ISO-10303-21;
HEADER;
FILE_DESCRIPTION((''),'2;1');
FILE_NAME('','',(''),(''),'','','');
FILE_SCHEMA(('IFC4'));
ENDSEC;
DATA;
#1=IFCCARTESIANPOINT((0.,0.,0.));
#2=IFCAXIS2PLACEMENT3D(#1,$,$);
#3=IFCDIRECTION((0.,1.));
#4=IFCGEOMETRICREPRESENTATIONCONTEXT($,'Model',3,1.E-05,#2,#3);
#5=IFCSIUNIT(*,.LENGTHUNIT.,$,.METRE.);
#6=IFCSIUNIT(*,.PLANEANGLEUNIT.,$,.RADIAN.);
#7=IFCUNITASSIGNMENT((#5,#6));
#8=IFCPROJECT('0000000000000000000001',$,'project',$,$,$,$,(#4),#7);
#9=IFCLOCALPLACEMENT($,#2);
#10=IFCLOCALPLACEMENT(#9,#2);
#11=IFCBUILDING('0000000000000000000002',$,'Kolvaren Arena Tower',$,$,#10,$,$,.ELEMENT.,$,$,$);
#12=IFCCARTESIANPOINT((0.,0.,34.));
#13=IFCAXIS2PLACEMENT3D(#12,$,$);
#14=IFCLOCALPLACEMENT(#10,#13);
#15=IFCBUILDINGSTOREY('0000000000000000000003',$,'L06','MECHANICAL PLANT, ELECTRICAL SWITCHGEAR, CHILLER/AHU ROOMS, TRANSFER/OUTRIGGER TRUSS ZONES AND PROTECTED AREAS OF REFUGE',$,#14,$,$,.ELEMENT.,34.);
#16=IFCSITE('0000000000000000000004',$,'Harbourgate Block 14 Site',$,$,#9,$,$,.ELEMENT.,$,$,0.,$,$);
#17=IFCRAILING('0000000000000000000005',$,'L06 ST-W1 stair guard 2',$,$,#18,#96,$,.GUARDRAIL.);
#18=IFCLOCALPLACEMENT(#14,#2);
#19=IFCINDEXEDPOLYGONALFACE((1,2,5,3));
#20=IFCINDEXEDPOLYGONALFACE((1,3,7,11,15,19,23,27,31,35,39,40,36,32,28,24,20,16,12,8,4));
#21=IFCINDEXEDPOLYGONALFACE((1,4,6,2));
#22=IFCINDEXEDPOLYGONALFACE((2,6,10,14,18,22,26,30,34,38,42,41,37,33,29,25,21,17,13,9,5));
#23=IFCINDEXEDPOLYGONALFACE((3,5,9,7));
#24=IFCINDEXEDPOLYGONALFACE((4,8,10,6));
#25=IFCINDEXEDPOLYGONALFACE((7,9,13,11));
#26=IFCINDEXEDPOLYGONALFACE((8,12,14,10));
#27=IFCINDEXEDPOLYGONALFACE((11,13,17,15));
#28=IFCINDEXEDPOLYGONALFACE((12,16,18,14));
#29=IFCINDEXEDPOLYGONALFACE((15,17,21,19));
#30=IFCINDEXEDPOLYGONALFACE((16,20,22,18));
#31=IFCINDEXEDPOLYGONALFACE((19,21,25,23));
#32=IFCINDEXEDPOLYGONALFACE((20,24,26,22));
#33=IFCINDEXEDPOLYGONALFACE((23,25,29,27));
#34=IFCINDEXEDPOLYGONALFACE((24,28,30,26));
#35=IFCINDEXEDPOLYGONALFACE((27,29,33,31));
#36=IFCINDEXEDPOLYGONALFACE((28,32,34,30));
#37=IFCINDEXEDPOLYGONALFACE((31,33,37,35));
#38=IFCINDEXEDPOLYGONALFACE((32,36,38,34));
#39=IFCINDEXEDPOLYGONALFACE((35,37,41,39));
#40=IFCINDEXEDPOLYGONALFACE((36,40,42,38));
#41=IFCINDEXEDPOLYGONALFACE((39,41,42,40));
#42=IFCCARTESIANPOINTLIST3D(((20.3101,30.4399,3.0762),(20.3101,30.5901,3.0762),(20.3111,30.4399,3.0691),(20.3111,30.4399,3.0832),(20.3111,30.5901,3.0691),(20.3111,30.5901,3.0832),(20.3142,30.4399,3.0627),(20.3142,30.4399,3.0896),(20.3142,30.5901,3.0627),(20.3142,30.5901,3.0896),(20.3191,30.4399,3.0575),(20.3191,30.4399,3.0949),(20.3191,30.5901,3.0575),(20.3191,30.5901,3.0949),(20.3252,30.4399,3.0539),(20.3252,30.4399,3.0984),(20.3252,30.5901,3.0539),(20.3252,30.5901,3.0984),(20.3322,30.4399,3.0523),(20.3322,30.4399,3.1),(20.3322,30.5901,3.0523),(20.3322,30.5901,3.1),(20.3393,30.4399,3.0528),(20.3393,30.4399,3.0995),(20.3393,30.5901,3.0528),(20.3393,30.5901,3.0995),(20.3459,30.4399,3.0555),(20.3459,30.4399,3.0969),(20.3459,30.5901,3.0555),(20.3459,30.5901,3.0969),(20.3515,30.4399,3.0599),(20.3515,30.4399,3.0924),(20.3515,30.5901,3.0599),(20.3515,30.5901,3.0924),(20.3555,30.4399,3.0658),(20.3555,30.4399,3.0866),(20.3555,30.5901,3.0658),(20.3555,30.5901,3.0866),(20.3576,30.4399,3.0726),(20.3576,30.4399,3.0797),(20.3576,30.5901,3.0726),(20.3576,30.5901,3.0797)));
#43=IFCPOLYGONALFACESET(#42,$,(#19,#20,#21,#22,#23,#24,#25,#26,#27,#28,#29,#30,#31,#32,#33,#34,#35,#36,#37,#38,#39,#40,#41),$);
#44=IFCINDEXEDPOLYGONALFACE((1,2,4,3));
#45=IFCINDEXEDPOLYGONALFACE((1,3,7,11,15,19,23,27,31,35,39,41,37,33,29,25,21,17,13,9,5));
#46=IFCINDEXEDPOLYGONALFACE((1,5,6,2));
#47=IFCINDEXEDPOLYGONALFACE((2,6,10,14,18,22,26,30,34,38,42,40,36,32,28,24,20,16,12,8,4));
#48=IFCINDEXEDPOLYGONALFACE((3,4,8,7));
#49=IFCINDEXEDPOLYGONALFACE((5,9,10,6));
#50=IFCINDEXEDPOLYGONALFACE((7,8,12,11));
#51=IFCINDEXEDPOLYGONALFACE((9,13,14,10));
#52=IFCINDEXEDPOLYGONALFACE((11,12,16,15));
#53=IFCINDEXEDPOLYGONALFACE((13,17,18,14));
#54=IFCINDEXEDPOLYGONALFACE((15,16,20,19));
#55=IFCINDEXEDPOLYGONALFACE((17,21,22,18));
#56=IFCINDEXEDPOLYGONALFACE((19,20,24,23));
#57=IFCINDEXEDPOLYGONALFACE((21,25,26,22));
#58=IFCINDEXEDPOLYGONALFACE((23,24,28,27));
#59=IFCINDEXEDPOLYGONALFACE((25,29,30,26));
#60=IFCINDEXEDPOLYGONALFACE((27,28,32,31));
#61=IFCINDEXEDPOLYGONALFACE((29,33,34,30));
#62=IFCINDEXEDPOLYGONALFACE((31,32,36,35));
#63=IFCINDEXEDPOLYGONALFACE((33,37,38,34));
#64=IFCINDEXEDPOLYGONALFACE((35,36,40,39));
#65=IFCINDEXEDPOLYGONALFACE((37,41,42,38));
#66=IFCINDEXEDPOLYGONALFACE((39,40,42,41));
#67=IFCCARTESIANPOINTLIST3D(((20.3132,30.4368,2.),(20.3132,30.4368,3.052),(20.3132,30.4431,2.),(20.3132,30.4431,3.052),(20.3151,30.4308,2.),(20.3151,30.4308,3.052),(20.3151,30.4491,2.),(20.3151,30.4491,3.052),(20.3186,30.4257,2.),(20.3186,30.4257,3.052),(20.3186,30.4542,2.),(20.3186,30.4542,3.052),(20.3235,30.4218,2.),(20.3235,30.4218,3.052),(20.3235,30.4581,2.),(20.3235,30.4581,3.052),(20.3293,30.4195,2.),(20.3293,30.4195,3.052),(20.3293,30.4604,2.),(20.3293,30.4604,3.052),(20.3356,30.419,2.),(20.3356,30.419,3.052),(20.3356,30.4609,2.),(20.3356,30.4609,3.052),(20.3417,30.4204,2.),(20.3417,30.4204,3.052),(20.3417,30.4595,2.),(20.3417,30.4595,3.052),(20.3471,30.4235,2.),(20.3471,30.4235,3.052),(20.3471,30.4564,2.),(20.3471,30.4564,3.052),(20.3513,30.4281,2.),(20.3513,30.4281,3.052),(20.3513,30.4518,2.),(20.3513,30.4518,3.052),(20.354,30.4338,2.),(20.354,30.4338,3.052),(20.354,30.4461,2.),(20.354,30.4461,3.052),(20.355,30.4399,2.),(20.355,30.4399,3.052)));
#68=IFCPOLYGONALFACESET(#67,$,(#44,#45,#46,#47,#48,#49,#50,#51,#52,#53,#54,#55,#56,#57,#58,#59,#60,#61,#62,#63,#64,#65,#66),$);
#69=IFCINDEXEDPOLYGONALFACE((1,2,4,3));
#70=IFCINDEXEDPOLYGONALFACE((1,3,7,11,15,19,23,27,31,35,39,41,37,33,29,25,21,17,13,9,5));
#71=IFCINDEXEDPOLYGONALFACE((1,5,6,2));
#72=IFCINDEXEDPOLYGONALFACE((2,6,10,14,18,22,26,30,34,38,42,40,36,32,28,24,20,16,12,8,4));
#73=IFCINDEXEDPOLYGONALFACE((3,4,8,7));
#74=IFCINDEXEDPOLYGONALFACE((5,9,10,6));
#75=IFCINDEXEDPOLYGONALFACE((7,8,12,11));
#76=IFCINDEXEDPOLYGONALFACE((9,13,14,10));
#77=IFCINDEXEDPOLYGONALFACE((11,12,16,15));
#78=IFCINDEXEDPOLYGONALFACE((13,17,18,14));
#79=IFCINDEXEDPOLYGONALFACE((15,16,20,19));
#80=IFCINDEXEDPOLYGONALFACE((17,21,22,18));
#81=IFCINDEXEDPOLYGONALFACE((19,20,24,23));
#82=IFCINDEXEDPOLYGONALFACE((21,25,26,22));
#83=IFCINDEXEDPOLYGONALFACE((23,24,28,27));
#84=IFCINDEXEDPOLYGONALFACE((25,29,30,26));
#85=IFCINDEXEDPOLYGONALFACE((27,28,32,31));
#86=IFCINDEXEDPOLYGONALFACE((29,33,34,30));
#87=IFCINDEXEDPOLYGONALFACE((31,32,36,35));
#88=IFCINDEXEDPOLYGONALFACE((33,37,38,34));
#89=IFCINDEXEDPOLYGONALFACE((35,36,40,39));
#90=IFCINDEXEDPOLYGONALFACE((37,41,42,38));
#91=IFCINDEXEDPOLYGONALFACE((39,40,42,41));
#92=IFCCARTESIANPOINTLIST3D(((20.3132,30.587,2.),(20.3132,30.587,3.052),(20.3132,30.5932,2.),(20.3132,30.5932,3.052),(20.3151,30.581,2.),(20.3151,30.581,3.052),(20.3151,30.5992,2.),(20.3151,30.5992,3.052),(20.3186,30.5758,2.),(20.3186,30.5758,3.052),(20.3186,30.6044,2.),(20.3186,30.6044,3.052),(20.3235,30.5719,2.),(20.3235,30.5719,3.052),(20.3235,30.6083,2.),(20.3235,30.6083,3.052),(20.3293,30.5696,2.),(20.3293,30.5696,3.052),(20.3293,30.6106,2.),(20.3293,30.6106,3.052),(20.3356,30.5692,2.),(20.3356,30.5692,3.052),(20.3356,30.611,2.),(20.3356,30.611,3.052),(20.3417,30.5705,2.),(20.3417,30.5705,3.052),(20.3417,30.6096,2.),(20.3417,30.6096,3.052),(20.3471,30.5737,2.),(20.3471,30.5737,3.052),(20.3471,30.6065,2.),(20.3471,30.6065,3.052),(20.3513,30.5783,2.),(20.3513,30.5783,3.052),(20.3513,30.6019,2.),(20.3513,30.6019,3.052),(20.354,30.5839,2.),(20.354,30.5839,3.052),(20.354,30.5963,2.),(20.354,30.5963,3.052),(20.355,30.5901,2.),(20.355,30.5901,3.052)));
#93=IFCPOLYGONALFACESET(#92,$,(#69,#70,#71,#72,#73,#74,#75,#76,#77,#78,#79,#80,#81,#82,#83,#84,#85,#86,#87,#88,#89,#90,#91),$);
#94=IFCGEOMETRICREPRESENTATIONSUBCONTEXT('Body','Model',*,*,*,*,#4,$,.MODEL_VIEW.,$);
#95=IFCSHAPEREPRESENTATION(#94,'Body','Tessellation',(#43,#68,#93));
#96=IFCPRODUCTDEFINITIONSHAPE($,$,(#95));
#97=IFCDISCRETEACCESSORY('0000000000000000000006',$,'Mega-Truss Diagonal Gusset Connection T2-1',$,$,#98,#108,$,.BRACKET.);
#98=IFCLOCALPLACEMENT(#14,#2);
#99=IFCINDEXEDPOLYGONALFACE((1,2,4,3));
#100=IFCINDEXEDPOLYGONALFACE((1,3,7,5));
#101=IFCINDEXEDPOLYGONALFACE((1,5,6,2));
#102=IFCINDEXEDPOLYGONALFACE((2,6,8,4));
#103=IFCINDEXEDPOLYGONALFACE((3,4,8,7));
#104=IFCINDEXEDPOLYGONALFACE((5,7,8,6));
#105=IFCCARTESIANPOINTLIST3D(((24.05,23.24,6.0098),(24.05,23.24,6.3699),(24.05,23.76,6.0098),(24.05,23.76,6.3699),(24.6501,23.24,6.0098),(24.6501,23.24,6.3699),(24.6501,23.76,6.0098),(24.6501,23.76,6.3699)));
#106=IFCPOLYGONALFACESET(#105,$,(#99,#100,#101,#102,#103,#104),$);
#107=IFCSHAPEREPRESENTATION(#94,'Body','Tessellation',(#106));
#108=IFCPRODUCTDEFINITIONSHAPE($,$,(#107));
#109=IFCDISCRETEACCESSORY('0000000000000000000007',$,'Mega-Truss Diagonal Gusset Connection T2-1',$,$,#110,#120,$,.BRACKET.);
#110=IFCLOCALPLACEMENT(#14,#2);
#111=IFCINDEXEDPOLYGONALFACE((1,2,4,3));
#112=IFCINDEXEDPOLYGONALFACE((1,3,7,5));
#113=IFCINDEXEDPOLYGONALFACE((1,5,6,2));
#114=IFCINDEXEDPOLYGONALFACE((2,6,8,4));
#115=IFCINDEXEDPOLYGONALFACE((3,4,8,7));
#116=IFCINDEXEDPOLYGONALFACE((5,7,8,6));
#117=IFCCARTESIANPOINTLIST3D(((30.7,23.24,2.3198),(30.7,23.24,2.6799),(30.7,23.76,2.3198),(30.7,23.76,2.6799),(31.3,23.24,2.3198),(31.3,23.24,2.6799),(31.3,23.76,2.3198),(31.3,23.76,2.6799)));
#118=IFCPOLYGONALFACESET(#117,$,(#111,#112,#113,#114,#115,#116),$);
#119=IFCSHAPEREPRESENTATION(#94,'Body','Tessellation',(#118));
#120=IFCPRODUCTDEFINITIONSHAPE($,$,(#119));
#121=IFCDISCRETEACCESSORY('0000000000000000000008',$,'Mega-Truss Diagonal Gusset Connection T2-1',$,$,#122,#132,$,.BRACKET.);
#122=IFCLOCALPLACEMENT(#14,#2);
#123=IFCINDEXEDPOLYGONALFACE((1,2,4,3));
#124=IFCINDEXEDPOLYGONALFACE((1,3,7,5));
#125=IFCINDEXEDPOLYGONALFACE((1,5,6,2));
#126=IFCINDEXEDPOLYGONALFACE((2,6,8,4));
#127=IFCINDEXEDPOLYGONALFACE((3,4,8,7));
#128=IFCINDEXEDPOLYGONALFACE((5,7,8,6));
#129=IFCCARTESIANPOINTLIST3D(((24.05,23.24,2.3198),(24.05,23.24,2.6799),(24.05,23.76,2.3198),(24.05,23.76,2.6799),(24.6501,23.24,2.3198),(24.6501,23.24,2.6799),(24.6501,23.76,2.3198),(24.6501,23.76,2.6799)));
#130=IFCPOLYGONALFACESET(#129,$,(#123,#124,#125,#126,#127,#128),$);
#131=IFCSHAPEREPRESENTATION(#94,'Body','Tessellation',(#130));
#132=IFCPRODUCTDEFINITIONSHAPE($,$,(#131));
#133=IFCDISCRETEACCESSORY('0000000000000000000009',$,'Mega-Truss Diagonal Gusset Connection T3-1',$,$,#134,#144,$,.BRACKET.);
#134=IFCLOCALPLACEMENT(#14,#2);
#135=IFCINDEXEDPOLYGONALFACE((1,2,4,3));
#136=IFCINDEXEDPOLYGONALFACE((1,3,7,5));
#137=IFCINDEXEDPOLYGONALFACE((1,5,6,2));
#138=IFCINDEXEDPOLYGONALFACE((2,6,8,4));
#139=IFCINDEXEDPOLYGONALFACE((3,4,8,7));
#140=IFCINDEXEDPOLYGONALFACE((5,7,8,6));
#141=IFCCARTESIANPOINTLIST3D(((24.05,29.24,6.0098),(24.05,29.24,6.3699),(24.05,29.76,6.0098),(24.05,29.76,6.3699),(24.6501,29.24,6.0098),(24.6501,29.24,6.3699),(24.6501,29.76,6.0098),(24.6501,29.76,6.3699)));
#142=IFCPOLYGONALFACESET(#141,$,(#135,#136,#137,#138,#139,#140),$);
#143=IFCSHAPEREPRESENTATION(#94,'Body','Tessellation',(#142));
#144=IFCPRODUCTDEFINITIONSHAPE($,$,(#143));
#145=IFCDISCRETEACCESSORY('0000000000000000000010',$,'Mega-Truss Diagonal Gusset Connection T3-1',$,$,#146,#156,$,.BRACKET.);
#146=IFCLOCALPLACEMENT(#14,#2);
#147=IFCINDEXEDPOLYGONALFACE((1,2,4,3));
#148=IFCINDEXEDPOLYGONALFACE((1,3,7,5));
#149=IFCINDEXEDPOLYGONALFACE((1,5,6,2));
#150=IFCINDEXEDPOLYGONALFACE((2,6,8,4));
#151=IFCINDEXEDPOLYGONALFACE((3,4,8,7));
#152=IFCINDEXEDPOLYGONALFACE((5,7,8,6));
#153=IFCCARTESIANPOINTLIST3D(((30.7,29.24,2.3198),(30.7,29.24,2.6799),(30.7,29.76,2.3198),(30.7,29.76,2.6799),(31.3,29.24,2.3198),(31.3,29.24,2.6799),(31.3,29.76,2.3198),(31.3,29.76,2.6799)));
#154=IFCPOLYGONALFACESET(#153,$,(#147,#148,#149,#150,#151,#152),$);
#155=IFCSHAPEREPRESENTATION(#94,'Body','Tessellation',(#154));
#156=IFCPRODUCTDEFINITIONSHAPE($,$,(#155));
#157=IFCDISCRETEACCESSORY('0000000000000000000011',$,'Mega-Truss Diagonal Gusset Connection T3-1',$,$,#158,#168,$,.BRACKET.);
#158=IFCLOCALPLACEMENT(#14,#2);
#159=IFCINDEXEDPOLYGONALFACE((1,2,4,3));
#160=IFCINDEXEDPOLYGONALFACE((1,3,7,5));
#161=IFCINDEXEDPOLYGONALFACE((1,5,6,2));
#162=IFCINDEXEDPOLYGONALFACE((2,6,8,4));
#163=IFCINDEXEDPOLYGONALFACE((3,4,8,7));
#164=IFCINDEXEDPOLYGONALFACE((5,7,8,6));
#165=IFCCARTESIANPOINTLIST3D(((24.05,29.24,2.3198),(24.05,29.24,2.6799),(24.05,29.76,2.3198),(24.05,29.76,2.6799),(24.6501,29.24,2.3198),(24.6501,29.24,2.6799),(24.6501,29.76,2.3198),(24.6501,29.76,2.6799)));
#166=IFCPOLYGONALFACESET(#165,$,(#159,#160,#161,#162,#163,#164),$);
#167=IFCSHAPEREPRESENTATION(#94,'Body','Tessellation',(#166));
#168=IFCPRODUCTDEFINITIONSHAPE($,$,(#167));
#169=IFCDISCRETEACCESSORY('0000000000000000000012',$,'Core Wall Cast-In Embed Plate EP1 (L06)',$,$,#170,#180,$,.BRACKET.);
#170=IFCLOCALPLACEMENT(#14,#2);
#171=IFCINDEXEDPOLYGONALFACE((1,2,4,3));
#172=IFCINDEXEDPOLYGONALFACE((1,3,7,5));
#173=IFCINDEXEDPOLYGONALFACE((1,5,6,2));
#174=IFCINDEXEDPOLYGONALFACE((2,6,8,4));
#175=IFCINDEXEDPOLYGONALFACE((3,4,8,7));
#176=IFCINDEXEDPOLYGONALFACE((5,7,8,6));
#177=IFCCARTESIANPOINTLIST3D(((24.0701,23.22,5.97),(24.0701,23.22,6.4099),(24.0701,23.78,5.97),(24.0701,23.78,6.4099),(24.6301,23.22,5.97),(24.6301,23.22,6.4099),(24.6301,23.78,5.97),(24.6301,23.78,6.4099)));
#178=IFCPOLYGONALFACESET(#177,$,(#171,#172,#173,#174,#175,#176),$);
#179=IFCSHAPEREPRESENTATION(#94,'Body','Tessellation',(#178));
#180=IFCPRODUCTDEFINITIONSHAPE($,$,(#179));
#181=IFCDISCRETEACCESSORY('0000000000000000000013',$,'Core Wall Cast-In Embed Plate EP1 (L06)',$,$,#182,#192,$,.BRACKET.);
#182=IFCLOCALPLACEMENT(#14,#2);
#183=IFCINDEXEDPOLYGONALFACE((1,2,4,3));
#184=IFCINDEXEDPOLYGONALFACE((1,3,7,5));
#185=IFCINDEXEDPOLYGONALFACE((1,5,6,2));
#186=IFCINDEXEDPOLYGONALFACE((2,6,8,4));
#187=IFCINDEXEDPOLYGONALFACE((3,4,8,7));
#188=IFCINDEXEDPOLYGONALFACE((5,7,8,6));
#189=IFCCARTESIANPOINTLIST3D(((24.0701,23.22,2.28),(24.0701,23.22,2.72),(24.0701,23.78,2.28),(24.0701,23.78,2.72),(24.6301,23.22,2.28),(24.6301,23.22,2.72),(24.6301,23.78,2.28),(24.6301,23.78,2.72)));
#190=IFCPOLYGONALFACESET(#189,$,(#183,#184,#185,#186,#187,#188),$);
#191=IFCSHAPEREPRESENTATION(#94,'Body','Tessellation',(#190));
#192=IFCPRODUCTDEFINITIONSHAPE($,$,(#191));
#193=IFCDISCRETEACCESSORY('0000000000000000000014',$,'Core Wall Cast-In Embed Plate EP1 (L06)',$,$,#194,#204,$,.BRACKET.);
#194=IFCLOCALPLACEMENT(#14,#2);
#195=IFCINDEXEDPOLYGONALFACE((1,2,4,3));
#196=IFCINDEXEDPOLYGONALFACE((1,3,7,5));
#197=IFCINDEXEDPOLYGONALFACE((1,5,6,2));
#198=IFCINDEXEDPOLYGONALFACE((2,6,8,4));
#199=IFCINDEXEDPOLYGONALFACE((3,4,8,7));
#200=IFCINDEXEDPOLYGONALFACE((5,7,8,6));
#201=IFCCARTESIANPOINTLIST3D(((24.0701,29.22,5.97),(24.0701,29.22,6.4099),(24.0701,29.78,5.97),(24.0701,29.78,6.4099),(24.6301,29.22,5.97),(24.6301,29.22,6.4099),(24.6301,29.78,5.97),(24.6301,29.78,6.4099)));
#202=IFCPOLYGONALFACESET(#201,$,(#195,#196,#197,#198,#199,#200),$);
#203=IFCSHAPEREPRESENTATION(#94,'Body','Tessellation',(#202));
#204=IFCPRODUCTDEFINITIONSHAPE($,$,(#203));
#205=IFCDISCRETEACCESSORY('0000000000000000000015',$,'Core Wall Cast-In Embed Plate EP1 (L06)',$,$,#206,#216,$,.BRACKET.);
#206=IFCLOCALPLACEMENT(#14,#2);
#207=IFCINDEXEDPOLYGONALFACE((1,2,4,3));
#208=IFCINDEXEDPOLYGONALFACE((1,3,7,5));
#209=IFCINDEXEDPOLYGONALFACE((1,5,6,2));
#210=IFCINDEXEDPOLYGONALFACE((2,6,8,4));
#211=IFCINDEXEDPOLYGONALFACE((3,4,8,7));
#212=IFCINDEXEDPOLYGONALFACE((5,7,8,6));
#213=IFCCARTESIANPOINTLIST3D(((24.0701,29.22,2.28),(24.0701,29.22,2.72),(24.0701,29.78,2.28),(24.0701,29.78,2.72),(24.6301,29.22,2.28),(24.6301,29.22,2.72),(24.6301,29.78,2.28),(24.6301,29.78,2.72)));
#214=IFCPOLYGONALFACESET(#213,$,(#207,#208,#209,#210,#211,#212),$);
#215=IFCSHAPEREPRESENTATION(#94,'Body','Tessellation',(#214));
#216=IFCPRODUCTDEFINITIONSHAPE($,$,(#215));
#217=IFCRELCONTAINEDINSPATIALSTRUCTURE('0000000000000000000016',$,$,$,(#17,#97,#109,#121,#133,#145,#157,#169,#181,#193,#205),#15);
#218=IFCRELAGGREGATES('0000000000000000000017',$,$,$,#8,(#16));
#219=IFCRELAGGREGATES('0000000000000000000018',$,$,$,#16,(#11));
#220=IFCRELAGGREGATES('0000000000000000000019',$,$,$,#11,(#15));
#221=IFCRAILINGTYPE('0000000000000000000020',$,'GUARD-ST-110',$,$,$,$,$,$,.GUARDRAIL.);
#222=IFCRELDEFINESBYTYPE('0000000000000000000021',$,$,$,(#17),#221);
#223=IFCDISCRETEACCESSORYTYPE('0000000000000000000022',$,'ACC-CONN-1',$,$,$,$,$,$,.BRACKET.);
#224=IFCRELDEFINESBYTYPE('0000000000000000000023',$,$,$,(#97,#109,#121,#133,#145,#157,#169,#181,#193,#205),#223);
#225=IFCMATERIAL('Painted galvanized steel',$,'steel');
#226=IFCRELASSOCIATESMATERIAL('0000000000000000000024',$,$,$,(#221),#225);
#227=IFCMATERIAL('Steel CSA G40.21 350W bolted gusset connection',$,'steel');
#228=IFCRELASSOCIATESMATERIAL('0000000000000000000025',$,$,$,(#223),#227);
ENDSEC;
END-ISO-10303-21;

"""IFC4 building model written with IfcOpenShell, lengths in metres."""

from ifc_helpers import new_model, si_unit, direction, frame, origin, origin_2d, place, context, subcontext, project, spatial, rectangle, circle, extrude, material, type_object, element, save


model = new_model("IFC4")

# Units and contexts
model_context = context("Model", 3, precision=1e-05, world=origin(), true_north=direction((0.0, 1.0)))
body_context = subcontext(model_context, "Body", "Model", "MODEL_VIEW")
ifc_project = project(units=[si_unit("LENGTHUNIT", "METRE"), si_unit("PLANEANGLEUNIT", "RADIAN")], contexts=[model_context])

# Site, building, storey
site_placement = place(None, origin())
site = spatial("IfcSite", under=ifc_project, at=site_placement, Name="Harbourgate Block 14 Site", CompositionType="ELEMENT", RefElevation=0.0)
building_placement = place(site_placement, origin())
building = spatial("IfcBuilding", under=site, at=building_placement, Name="Kolvaren Arena Tower", CompositionType="ELEMENT")
storey_placement = place(building_placement, frame((0.0, 0.0, 34.0)))
storey = spatial("IfcBuildingStorey", under=building, at=storey_placement, Name="L06", Description="MECHANICAL PLANT, ELECTRICAL SWITCHGEAR, CHILLER/AHU ROOMS, TRANSFER/OUTRIGGER TRUSS ZONES AND PROTECTED AREAS OF REFUGE", CompositionType="ELEMENT", Elevation=34.0)

# Railing
ifc_material_1 = material(Name="Painted galvanized steel", Category="steel")
railing_type = type_object("IfcRailingType", Name="GUARD-ST-110", PredefinedType="GUARDRAIL", material=ifc_material_1)
railing_placement = place(storey_placement, frame((20.334, 30.4399, 2.0)))
element("IfcRailing", 1, at=railing_placement, inside=storey, type_object=railing_type, Name="L06 ST-W1 stair guard 2", PredefinedType="GUARDRAIL", context=body_context, shape_type="SweptSolid", body=[
    extrude(circle(Radius=0.0239, at=origin_2d()), frame((0.0, 0.0, 1.0762), z_axis=(0.0, 1.0, 0.0), x_axis=(-1.0, 0.0, 0.0)), (0.0, 0.0, 1.0), 0.1501),
    extrude(circle(Radius=0.021, at=origin_2d()), origin(), (0.0, 0.0, 1.0), 1.052),
    extrude(circle(Radius=0.021, at=origin_2d()), frame((0.0, 0.1501, 0.0)), (0.0, 0.0, 1.0), 1.052),
])

# Discrete accessories
ifc_material_2 = material(Name="Steel CSA G40.21 350W bolted gusset connection", Category="steel")
discrete_accessory_type = type_object("IfcDiscreteAccessoryType", Name="ACC-CONN-1", PredefinedType="BRACKET", material=ifc_material_2)
for number, where, z_axis, x_axis, name in (
    (2, (24.3501, 23.5, 6.0098), (0.0, 0.0, 1.0), (1.0, 0.0, 0.0), "Mega-Truss Diagonal Gusset Connection T2-1"),
    (3, (31.0, 23.5, 2.3198), (0.0, 0.0, 1.0), (1.0, 0.0, 0.0), "Mega-Truss Diagonal Gusset Connection T2-1"),
    (4, (24.3501, 23.5, 2.3198), (0.0, 0.0, 1.0), (1.0, 0.0, 0.0), "Mega-Truss Diagonal Gusset Connection T2-1"),
    (5, (24.3501, 29.5, 6.0098), (0.0, 0.0, 1.0), (1.0, 0.0, 0.0), "Mega-Truss Diagonal Gusset Connection T3-1"),
    (6, (31.0, 29.5, 2.3198), (0.0, 0.0, 1.0), (1.0, 0.0, 0.0), "Mega-Truss Diagonal Gusset Connection T3-1"),
    (7, (24.3501, 29.5, 2.3198), (0.0, 0.0, 1.0), (1.0, 0.0, 0.0), "Mega-Truss Diagonal Gusset Connection T3-1"),
):
    element("IfcDiscreteAccessory", number, at=place(storey_placement, frame(where, z_axis=z_axis, x_axis=x_axis)), inside=storey, type_object=discrete_accessory_type, Name=name, PredefinedType="BRACKET", context=body_context, shape_type="SweptSolid", body=[
        extrude(rectangle(XDim=0.6001, YDim=0.52, at=origin_2d()), origin(), (0.0, 0.0, 1.0), 0.3601),
    ])
for number, where, z_axis, x_axis, name in (
    (8, (24.3501, 23.5, 5.97), (0.0, 0.0, 1.0), (1.0, 0.0, 0.0), "Core Wall Cast-In Embed Plate EP1 (L06)"),
    (9, (24.3501, 23.5, 2.28), (0.0, 0.0, 1.0), (1.0, 0.0, 0.0), "Core Wall Cast-In Embed Plate EP1 (L06)"),
    (10, (24.3501, 29.5, 5.97), (0.0, 0.0, 1.0), (1.0, 0.0, 0.0), "Core Wall Cast-In Embed Plate EP1 (L06)"),
    (11, (24.3501, 29.5, 2.28), (0.0, 0.0, 1.0), (1.0, 0.0, 0.0), "Core Wall Cast-In Embed Plate EP1 (L06)"),
):
    element("IfcDiscreteAccessory", number, at=place(storey_placement, frame(where, z_axis=z_axis, x_axis=x_axis)), inside=storey, type_object=discrete_accessory_type, Name=name, PredefinedType="BRACKET", context=body_context, shape_type="SweptSolid", body=[
        extrude(rectangle(XDim=0.5601, YDim=0.5601, at=origin_2d()), origin(), (0.0, 0.0, 1.0), 0.4399),
    ])

save(model, "model.ifc")
